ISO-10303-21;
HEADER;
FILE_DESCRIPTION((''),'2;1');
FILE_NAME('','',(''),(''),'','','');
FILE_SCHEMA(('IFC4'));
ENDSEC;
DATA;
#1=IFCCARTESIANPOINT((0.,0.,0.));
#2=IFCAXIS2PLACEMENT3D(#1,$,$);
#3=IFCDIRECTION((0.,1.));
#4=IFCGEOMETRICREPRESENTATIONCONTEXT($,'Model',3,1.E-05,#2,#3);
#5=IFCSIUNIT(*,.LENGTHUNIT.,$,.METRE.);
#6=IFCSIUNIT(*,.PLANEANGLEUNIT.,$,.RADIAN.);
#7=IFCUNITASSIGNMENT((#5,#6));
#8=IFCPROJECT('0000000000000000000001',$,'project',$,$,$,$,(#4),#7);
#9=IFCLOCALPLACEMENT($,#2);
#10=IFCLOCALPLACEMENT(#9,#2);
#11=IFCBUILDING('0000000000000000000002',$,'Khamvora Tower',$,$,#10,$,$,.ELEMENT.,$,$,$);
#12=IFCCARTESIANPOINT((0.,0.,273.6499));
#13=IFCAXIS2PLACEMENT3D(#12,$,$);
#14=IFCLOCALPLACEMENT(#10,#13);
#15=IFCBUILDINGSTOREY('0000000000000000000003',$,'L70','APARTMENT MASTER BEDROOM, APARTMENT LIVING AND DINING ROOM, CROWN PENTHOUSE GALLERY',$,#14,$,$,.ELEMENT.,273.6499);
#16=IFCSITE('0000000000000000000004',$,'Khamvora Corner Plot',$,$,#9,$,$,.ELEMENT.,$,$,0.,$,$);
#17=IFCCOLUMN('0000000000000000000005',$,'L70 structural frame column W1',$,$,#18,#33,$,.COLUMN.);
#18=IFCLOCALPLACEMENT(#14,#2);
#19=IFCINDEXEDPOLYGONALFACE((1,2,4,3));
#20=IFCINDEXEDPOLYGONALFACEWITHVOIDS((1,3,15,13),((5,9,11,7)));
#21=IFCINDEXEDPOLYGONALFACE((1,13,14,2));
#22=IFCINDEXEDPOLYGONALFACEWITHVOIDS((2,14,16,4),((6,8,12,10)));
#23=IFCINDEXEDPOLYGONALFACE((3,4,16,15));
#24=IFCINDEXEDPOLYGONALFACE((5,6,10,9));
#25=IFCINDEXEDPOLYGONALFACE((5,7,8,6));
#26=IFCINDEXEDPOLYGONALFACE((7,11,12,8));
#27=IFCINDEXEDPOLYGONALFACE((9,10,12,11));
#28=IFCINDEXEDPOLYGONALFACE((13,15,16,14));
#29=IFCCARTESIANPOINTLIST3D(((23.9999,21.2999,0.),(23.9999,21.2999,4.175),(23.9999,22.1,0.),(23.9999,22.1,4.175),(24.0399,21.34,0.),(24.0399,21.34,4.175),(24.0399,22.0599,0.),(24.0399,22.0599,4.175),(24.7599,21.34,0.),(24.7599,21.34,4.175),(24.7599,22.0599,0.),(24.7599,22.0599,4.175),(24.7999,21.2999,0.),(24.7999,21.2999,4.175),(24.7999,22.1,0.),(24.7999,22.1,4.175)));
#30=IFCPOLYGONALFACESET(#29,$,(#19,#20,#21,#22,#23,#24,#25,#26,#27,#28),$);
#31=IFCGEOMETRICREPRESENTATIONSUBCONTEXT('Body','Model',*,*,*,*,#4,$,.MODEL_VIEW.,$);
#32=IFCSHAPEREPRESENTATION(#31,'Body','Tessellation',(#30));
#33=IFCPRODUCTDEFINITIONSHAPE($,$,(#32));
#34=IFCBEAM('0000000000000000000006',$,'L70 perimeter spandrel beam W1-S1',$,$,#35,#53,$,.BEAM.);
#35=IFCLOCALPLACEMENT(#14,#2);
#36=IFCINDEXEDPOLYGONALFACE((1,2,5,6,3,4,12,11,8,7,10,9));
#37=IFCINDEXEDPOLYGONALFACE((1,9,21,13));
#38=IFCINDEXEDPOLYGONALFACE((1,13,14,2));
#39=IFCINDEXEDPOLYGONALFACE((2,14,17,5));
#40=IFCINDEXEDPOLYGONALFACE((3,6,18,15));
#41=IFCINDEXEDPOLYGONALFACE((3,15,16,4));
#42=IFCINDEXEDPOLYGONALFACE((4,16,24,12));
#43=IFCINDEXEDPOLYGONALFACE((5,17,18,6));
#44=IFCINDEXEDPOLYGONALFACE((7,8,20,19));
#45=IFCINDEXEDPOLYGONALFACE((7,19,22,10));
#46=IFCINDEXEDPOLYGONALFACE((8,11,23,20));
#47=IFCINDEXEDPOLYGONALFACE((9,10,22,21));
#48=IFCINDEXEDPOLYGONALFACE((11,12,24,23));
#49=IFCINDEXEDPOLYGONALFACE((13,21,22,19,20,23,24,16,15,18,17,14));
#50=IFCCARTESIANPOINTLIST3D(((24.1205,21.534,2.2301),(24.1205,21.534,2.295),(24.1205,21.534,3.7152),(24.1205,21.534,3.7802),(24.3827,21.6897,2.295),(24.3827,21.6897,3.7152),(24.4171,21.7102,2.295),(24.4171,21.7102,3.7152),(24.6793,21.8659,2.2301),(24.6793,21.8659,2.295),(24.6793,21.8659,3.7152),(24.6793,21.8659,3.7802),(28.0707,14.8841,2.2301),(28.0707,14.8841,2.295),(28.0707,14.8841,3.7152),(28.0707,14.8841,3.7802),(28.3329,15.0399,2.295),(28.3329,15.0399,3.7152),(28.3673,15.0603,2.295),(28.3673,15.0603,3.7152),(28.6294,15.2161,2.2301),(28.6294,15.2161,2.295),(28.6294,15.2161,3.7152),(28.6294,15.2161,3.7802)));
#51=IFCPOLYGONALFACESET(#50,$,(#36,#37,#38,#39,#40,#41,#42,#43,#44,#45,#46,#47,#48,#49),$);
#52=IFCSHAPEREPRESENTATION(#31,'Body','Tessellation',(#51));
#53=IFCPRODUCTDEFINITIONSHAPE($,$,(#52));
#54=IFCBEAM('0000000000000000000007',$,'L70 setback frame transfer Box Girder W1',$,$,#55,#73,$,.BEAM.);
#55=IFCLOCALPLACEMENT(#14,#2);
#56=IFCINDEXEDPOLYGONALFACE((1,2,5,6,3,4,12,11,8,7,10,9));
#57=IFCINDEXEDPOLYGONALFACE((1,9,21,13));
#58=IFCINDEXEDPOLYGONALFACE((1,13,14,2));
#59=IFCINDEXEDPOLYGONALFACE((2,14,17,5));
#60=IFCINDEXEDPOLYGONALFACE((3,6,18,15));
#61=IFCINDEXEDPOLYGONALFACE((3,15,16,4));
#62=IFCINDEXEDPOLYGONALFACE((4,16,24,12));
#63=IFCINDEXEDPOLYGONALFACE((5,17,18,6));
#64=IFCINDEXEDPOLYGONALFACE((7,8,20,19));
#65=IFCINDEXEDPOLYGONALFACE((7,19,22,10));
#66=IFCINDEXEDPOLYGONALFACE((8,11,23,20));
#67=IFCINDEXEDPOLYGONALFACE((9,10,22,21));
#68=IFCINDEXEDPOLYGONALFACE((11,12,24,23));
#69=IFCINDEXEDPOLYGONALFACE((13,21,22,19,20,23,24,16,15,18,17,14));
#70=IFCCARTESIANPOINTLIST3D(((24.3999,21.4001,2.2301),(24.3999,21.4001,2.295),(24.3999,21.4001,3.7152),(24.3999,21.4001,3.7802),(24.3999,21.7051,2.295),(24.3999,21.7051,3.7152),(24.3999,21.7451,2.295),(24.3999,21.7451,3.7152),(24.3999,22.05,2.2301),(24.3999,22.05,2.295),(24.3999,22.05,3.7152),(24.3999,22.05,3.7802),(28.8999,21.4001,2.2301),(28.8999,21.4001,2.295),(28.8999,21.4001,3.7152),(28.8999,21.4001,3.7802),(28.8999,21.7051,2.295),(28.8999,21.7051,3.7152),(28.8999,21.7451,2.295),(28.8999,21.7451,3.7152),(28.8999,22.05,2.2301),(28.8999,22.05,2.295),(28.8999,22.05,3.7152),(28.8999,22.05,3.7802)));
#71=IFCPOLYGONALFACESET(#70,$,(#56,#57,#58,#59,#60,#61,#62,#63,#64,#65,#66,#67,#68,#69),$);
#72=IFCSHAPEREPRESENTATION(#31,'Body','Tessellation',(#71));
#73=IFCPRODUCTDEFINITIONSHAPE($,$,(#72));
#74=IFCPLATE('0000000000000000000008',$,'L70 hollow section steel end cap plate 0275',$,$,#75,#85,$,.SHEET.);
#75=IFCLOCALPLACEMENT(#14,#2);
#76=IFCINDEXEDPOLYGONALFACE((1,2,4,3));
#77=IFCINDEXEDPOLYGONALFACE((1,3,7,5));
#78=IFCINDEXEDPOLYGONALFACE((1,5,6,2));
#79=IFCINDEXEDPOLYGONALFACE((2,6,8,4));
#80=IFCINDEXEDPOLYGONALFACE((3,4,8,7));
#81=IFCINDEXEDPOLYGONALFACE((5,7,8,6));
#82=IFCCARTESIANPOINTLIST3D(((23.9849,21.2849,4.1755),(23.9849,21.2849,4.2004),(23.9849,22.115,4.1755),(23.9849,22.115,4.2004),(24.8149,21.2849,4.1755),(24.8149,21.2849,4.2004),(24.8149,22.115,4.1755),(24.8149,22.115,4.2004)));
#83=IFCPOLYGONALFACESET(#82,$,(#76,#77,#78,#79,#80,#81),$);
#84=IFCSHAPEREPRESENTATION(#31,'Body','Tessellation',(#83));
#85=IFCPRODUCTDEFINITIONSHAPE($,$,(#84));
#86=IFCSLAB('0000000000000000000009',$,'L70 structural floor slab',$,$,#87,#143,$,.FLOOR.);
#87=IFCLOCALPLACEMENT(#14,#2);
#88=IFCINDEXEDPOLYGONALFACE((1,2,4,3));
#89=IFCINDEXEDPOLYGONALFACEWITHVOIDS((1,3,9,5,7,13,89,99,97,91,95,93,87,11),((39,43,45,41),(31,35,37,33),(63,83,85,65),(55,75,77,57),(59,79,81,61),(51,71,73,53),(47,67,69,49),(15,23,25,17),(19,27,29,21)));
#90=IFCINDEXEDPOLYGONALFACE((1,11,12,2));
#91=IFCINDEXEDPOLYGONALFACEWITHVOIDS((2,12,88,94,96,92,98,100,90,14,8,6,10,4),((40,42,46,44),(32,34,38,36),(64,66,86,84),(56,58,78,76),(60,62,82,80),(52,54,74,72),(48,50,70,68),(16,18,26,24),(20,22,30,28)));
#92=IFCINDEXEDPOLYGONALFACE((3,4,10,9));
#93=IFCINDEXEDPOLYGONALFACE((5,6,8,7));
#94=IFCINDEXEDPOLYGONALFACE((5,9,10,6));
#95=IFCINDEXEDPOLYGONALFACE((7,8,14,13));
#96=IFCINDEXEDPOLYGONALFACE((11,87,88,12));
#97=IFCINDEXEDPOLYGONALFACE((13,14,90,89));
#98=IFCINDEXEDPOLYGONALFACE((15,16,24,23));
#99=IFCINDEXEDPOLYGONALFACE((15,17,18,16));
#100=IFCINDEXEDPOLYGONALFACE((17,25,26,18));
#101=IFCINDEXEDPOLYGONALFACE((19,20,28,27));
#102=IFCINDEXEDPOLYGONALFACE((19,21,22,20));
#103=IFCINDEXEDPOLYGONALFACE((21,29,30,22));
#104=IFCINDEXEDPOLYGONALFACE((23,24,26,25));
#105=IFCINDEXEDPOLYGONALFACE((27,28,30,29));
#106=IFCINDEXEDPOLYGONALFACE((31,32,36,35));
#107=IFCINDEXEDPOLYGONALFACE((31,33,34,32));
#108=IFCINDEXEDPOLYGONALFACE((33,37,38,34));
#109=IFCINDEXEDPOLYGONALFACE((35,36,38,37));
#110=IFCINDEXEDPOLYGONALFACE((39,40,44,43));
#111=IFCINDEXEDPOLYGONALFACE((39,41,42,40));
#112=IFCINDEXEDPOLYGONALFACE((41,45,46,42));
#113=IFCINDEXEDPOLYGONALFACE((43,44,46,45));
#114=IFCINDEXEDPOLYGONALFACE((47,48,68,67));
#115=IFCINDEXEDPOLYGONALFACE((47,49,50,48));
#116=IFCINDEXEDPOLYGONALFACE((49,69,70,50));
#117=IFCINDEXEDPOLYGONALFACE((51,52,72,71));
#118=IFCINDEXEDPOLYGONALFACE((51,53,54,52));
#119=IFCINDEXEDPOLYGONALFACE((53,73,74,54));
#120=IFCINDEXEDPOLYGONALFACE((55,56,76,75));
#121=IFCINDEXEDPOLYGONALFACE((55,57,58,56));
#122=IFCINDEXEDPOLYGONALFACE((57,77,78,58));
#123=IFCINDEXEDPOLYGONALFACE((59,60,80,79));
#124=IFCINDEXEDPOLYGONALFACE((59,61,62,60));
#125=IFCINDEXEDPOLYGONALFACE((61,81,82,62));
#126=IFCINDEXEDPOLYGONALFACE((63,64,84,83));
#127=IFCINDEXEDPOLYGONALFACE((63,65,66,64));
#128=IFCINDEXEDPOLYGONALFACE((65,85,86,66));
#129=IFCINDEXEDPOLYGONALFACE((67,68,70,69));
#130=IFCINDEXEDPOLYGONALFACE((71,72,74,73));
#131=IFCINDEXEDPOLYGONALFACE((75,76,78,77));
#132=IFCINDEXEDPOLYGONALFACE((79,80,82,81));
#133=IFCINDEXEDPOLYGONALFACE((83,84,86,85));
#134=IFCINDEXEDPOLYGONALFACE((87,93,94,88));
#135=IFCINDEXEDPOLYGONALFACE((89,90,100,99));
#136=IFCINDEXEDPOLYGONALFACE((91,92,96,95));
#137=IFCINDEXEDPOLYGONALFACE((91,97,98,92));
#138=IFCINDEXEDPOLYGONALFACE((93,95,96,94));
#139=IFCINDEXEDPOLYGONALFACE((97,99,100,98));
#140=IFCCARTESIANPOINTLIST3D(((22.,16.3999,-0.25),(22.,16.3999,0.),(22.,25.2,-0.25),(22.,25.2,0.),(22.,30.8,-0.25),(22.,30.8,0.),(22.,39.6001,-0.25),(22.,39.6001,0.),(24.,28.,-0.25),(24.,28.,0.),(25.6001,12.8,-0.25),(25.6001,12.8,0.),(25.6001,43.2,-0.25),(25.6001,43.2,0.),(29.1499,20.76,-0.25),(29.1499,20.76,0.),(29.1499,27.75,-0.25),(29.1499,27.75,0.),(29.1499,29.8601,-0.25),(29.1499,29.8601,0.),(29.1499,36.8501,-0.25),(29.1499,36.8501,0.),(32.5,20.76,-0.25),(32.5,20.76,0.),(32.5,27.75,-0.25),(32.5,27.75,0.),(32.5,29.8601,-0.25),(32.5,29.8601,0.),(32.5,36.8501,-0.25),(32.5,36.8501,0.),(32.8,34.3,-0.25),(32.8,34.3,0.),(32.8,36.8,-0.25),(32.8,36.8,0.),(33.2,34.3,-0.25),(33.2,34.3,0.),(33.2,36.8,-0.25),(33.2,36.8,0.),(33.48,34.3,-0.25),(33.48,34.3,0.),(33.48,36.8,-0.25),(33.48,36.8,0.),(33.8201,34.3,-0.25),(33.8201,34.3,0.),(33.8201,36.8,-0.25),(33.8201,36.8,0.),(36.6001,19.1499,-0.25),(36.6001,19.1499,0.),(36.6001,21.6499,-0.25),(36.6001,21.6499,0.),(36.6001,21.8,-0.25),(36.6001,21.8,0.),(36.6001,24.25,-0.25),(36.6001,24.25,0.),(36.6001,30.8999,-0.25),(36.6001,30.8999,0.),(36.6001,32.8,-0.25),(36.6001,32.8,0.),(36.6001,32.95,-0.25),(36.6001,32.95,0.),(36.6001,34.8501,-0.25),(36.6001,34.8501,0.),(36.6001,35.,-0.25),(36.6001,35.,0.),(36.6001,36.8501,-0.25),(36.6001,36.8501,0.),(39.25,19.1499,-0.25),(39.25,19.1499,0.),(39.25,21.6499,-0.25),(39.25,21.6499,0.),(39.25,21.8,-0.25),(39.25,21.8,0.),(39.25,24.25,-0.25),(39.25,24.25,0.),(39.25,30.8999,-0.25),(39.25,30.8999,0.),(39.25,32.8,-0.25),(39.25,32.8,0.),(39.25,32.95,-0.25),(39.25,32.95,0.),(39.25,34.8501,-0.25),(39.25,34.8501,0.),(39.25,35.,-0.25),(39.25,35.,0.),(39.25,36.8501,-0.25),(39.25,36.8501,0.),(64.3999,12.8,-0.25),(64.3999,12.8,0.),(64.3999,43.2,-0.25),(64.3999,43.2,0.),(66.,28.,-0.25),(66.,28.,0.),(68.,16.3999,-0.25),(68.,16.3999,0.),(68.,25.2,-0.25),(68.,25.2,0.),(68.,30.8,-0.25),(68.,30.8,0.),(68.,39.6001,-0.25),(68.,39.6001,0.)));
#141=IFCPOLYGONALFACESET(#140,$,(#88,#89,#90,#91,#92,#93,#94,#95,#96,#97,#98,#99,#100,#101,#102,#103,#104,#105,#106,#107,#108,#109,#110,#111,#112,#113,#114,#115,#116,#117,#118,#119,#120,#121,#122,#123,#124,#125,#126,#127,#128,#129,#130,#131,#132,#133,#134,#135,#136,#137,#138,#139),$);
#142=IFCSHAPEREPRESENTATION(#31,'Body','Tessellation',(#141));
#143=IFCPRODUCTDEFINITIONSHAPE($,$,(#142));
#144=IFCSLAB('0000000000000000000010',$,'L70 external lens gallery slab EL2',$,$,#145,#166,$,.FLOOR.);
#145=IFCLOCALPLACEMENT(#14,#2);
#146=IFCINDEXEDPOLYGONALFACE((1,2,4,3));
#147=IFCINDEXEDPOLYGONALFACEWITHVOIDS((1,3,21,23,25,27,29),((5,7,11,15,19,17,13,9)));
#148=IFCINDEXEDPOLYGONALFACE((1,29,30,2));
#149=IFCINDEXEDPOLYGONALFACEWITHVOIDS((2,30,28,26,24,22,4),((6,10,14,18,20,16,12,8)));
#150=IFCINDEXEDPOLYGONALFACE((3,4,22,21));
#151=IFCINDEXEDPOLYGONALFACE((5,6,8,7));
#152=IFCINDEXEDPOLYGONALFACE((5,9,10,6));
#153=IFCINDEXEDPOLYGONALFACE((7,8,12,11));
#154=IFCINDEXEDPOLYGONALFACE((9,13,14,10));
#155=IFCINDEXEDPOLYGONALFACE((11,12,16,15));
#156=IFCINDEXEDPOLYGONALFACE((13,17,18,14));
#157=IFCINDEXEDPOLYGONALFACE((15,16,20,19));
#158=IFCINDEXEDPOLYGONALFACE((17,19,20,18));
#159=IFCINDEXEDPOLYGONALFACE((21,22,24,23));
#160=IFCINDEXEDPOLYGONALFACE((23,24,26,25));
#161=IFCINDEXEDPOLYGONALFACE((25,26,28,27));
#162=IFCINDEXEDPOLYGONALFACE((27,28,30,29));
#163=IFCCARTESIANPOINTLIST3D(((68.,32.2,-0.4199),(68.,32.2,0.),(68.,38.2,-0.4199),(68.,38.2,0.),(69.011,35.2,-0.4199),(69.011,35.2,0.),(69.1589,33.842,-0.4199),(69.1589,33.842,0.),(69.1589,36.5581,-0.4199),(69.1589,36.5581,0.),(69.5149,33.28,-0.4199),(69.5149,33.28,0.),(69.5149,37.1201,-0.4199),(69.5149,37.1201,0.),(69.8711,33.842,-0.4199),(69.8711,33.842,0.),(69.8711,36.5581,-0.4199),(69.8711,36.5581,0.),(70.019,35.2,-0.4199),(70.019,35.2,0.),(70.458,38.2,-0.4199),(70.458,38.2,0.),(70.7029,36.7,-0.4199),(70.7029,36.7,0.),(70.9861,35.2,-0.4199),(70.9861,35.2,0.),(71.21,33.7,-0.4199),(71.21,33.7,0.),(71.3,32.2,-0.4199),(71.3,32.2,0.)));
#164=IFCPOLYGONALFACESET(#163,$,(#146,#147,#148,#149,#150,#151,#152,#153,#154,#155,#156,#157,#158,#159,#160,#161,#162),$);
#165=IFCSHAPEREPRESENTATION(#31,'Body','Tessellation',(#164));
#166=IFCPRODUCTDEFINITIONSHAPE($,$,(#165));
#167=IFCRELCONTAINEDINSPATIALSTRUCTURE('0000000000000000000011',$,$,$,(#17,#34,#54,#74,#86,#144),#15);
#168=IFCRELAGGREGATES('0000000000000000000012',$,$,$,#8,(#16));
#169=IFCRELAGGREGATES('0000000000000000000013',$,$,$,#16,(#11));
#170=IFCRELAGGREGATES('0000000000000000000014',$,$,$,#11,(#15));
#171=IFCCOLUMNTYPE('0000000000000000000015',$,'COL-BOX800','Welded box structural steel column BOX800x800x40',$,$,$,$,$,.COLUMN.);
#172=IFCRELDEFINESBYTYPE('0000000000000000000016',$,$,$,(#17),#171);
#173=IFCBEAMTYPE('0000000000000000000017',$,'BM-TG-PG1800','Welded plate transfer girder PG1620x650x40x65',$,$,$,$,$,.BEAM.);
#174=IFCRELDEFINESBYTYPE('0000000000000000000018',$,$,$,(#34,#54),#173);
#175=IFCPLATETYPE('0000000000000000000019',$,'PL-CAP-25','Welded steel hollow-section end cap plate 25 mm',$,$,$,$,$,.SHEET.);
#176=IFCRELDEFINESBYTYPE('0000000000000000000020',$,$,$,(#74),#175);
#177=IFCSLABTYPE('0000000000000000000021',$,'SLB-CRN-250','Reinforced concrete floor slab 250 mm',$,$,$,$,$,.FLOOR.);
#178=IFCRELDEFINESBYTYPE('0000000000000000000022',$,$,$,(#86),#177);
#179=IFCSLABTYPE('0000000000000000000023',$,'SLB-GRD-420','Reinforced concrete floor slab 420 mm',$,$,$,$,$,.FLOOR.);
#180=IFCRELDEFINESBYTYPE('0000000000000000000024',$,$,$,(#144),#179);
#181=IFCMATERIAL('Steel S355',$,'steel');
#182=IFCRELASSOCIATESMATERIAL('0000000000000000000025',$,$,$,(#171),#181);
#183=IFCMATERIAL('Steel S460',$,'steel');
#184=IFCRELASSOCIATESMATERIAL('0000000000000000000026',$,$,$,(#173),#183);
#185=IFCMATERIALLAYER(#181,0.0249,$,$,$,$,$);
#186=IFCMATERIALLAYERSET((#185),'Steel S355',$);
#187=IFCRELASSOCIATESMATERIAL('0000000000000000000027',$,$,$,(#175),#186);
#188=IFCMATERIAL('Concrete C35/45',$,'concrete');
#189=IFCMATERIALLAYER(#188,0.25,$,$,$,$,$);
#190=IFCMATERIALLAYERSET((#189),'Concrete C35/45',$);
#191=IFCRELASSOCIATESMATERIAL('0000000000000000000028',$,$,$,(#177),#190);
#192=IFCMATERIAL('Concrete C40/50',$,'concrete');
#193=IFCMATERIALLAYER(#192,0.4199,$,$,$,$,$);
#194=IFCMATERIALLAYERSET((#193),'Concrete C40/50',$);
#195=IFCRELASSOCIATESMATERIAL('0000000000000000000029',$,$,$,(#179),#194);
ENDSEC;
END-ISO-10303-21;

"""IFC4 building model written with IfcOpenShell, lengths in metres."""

from ifc_helpers import new_model, si_unit, direction, frame, origin, origin_2d, place, context, subcontext, project, spatial, polyline, rectangle, hollow_rectangle, i_section, outline, extrude, material, layer, layer_set, material_profile, profile_set, type_object, element, save


model = new_model("IFC4")

# Units and contexts
model_context = context("Model", 3, precision=1e-05, world=origin(), true_north=direction((0.0, 1.0)))
body_context = subcontext(model_context, "Body", "Model", "MODEL_VIEW")
ifc_project = project(units=[si_unit("LENGTHUNIT", "METRE"), si_unit("PLANEANGLEUNIT", "RADIAN")], contexts=[model_context])

# Site, building, storey
site_placement = place(None, origin())
site = spatial("IfcSite", under=ifc_project, at=site_placement, Name="Khamvora Corner Plot", CompositionType="ELEMENT", RefElevation=0.0)
building_placement = place(site_placement, origin())
building = spatial("IfcBuilding", under=site, at=building_placement, Name="Khamvora Tower", CompositionType="ELEMENT")
storey_placement = place(building_placement, frame((0.0, 0.0, 273.6499)))
storey = spatial("IfcBuildingStorey", under=building, at=storey_placement, Name="L70", Description="APARTMENT MASTER BEDROOM, APARTMENT LIVING AND DINING ROOM, CROWN PENTHOUSE GALLERY", CompositionType="ELEMENT", Elevation=273.6499)

# Column
ifc_material_1 = material(Name="Steel S355", Category="steel")
ifc_material_profile_1 = material_profile(ifc_material_1, hollow_rectangle(XDim=0.8, YDim=0.8, WallThickness=0.04, at=origin_2d()), Name="BOX800x800x40")
ifc_profile_set_1 = profile_set([ifc_material_profile_1], Name="Steel S355")
column_type = type_object("IfcColumnType", Name="COL-BOX800", Description="Welded box structural steel column BOX800x800x40", PredefinedType="COLUMN", material=ifc_profile_set_1)
column_placement = place(storey_placement, frame((24.3999, 21.7, 0.0), z_axis=(0.0, 0.0, 1.0), x_axis=(1.0, 0.0, 0.0)))
element("IfcColumn", 1, at=column_placement, inside=storey, type_object=column_type, Name="L70 structural frame column W1", PredefinedType="COLUMN", context=body_context, shape_type="SweptSolid", body=[
    extrude(hollow_rectangle(XDim=0.8, YDim=0.8, WallThickness=0.04, at=origin_2d()), origin(), (0.0, 0.0, 1.0), 4.175),
])

# Beams
ifc_material_2 = material(Name="Steel S460", Category="steel")
ifc_material_profile_2 = material_profile(ifc_material_2, i_section(OverallWidth=0.6499, OverallDepth=1.55, WebThickness=0.04, FlangeThickness=0.0649, at=origin_2d()), Name="PG1550x650x40x65")
ifc_profile_set_2 = profile_set([ifc_material_profile_2], Name="Steel S460")
beam_type = type_object("IfcBeamType", Name="BM-TG-PG1800", Description="Welded plate transfer girder PG1620x650x40x65", PredefinedType="BEAM", material=ifc_profile_set_2)
beam_1_placement = place(storey_placement, frame((24.3999, 21.7, 3.0051), z_axis=(0.510712, -0.859752, 0.0), x_axis=(0.859752, 0.510712, 0.0)))
element("IfcBeam", 2, at=beam_1_placement, inside=storey, type_object=beam_type, Name="L70 perimeter spandrel beam W1-S1", PredefinedType="BEAM", context=body_context, shape_type="SweptSolid", body=[
    extrude(i_section(OverallWidth=0.6499, OverallDepth=1.55, WebThickness=0.04, FlangeThickness=0.0649, at=origin_2d()), origin(), (0.0, 0.0, 1.0), 7.7346),
])
beam_2_placement = place(storey_placement, frame((24.3999, 21.7251, 3.0051), z_axis=(1.0, 0.0, 0.0), x_axis=(0.0, 1.0, 0.0)))
element("IfcBeam", 3, at=beam_2_placement, inside=storey, type_object=beam_type, Name="L70 setback frame transfer Box Girder W1", PredefinedType="BEAM", context=body_context, shape_type="SweptSolid", body=[
    extrude(i_section(OverallWidth=0.6499, OverallDepth=1.55, WebThickness=0.04, FlangeThickness=0.0649, at=origin_2d()), origin(), (0.0, 0.0, 1.0), 4.5),
])

# Plate
ifc_layer_1 = layer(ifc_material_1, 0.0249)
ifc_layer_set_1 = layer_set([ifc_layer_1], Name="Steel S355")
plate_type = type_object("IfcPlateType", Name="PL-CAP-25", Description="Welded steel hollow-section end cap plate 25 mm", PredefinedType="SHEET", material=ifc_layer_set_1)
plate_placement = place(storey_placement, frame((24.3999, 21.7, 4.1755), z_axis=(0.0, 0.0, 1.0), x_axis=(1.0, 0.0, 0.0)))
element("IfcPlate", 4, at=plate_placement, inside=storey, type_object=plate_type, Name="L70 hollow section steel end cap plate 0275", PredefinedType="SHEET", context=body_context, shape_type="SweptSolid", body=[
    extrude(rectangle(XDim=0.8301, YDim=0.8301, at=origin_2d()), origin(), (0.0, 0.0, 1.0), 0.0249),
])

# Slabs
ifc_material_3 = material(Name="Concrete C35/45", Category="concrete")
ifc_layer_2 = layer(ifc_material_3, 0.25)
ifc_layer_set_2 = layer_set([ifc_layer_2], Name="Concrete C35/45")
slab_type_1 = type_object("IfcSlabType", Name="SLB-CRN-250", Description="Reinforced concrete floor slab 250 mm", PredefinedType="FLOOR", material=ifc_layer_set_2)
slab_1_placement = place(storey_placement, frame((0.0, 0.0, -0.25)))
element("IfcSlab", 5, at=slab_1_placement, inside=storey, type_object=slab_type_1, Name="L70 structural floor slab", PredefinedType="FLOOR", context=body_context, shape_type="SweptSolid", body=[
    extrude(outline(polyline([(25.6001, 12.8), (64.3999, 12.8), (68.0, 16.3999), (68.0, 25.2), (66.0, 28.0), (68.0, 30.8), (68.0, 39.6001), (64.3999, 43.2), (25.6001, 43.2), (22.0, 39.6001), (22.0, 30.8), (24.0, 28.0), (22.0, 25.2), (22.0, 16.3999), (25.6001, 12.8)]), holes=[polyline([(32.5, 20.76), (32.5, 27.75), (29.1499, 27.75), (29.1499, 20.76), (32.5, 20.76)]), polyline([(32.5, 29.8601), (32.5, 36.8501), (29.1499, 36.8501), (29.1499, 29.8601), (32.5, 29.8601)]), polyline([(36.6001, 19.1499), (39.25, 19.1499), (39.25, 21.6499), (36.6001, 21.6499), (36.6001, 19.1499)]), polyline([(36.6001, 21.8), (39.25, 21.8), (39.25, 24.25), (36.6001, 24.25), (36.6001, 21.8)]), polyline([(36.6001, 30.8999), (39.25, 30.8999), (39.25, 32.8), (36.6001, 32.8), (36.6001, 30.8999)]), polyline([(36.6001, 32.95), (39.25, 32.95), (39.25, 34.8501), (36.6001, 34.8501), (36.6001, 32.95)]), polyline([(36.6001, 35.0), (39.25, 35.0), (39.25, 36.8501), (36.6001, 36.8501), (36.6001, 35.0)]), polyline([(32.8, 34.3), (33.2, 34.3), (33.2, 36.8), (32.8, 36.8), (32.8, 34.3)]), polyline([(33.48, 34.3), (33.8201, 34.3), (33.8201, 36.8), (33.48, 36.8), (33.48, 34.3)])]), origin(), (0.0, 0.0, 1.0), 0.25),
])
ifc_material_4 = material(Name="Concrete C40/50", Category="concrete")
ifc_layer_3 = layer(ifc_material_4, 0.4199)
ifc_layer_set_3 = layer_set([ifc_layer_3], Name="Concrete C40/50")
slab_type_2 = type_object("IfcSlabType", Name="SLB-GRD-420", Description="Reinforced concrete floor slab 420 mm", PredefinedType="FLOOR", material=ifc_layer_set_3)
slab_2_placement = place(storey_placement, frame((0.0, 0.0, -0.4199)))
element("IfcSlab", 6, at=slab_2_placement, inside=storey, type_object=slab_type_2, Name="L70 external lens gallery slab EL2", PredefinedType="FLOOR", context=body_context, shape_type="SweptSolid", body=[
    extrude(outline(polyline([(71.3, 32.2), (71.21, 33.7), (70.9861, 35.2), (70.7029, 36.7), (70.458, 38.2), (68.0, 38.2), (68.0, 32.2), (71.3, 32.2)]), holes=[polyline([(70.019, 35.2), (69.8711, 36.5581), (69.5149, 37.1201), (69.1589, 36.5581), (69.011, 35.2), (69.1589, 33.842), (69.5149, 33.28), (69.8711, 33.842), (70.019, 35.2)])]), origin(), (0.0, 0.0, 1.0), 0.4199),
])

save(model, "model.ifc")
